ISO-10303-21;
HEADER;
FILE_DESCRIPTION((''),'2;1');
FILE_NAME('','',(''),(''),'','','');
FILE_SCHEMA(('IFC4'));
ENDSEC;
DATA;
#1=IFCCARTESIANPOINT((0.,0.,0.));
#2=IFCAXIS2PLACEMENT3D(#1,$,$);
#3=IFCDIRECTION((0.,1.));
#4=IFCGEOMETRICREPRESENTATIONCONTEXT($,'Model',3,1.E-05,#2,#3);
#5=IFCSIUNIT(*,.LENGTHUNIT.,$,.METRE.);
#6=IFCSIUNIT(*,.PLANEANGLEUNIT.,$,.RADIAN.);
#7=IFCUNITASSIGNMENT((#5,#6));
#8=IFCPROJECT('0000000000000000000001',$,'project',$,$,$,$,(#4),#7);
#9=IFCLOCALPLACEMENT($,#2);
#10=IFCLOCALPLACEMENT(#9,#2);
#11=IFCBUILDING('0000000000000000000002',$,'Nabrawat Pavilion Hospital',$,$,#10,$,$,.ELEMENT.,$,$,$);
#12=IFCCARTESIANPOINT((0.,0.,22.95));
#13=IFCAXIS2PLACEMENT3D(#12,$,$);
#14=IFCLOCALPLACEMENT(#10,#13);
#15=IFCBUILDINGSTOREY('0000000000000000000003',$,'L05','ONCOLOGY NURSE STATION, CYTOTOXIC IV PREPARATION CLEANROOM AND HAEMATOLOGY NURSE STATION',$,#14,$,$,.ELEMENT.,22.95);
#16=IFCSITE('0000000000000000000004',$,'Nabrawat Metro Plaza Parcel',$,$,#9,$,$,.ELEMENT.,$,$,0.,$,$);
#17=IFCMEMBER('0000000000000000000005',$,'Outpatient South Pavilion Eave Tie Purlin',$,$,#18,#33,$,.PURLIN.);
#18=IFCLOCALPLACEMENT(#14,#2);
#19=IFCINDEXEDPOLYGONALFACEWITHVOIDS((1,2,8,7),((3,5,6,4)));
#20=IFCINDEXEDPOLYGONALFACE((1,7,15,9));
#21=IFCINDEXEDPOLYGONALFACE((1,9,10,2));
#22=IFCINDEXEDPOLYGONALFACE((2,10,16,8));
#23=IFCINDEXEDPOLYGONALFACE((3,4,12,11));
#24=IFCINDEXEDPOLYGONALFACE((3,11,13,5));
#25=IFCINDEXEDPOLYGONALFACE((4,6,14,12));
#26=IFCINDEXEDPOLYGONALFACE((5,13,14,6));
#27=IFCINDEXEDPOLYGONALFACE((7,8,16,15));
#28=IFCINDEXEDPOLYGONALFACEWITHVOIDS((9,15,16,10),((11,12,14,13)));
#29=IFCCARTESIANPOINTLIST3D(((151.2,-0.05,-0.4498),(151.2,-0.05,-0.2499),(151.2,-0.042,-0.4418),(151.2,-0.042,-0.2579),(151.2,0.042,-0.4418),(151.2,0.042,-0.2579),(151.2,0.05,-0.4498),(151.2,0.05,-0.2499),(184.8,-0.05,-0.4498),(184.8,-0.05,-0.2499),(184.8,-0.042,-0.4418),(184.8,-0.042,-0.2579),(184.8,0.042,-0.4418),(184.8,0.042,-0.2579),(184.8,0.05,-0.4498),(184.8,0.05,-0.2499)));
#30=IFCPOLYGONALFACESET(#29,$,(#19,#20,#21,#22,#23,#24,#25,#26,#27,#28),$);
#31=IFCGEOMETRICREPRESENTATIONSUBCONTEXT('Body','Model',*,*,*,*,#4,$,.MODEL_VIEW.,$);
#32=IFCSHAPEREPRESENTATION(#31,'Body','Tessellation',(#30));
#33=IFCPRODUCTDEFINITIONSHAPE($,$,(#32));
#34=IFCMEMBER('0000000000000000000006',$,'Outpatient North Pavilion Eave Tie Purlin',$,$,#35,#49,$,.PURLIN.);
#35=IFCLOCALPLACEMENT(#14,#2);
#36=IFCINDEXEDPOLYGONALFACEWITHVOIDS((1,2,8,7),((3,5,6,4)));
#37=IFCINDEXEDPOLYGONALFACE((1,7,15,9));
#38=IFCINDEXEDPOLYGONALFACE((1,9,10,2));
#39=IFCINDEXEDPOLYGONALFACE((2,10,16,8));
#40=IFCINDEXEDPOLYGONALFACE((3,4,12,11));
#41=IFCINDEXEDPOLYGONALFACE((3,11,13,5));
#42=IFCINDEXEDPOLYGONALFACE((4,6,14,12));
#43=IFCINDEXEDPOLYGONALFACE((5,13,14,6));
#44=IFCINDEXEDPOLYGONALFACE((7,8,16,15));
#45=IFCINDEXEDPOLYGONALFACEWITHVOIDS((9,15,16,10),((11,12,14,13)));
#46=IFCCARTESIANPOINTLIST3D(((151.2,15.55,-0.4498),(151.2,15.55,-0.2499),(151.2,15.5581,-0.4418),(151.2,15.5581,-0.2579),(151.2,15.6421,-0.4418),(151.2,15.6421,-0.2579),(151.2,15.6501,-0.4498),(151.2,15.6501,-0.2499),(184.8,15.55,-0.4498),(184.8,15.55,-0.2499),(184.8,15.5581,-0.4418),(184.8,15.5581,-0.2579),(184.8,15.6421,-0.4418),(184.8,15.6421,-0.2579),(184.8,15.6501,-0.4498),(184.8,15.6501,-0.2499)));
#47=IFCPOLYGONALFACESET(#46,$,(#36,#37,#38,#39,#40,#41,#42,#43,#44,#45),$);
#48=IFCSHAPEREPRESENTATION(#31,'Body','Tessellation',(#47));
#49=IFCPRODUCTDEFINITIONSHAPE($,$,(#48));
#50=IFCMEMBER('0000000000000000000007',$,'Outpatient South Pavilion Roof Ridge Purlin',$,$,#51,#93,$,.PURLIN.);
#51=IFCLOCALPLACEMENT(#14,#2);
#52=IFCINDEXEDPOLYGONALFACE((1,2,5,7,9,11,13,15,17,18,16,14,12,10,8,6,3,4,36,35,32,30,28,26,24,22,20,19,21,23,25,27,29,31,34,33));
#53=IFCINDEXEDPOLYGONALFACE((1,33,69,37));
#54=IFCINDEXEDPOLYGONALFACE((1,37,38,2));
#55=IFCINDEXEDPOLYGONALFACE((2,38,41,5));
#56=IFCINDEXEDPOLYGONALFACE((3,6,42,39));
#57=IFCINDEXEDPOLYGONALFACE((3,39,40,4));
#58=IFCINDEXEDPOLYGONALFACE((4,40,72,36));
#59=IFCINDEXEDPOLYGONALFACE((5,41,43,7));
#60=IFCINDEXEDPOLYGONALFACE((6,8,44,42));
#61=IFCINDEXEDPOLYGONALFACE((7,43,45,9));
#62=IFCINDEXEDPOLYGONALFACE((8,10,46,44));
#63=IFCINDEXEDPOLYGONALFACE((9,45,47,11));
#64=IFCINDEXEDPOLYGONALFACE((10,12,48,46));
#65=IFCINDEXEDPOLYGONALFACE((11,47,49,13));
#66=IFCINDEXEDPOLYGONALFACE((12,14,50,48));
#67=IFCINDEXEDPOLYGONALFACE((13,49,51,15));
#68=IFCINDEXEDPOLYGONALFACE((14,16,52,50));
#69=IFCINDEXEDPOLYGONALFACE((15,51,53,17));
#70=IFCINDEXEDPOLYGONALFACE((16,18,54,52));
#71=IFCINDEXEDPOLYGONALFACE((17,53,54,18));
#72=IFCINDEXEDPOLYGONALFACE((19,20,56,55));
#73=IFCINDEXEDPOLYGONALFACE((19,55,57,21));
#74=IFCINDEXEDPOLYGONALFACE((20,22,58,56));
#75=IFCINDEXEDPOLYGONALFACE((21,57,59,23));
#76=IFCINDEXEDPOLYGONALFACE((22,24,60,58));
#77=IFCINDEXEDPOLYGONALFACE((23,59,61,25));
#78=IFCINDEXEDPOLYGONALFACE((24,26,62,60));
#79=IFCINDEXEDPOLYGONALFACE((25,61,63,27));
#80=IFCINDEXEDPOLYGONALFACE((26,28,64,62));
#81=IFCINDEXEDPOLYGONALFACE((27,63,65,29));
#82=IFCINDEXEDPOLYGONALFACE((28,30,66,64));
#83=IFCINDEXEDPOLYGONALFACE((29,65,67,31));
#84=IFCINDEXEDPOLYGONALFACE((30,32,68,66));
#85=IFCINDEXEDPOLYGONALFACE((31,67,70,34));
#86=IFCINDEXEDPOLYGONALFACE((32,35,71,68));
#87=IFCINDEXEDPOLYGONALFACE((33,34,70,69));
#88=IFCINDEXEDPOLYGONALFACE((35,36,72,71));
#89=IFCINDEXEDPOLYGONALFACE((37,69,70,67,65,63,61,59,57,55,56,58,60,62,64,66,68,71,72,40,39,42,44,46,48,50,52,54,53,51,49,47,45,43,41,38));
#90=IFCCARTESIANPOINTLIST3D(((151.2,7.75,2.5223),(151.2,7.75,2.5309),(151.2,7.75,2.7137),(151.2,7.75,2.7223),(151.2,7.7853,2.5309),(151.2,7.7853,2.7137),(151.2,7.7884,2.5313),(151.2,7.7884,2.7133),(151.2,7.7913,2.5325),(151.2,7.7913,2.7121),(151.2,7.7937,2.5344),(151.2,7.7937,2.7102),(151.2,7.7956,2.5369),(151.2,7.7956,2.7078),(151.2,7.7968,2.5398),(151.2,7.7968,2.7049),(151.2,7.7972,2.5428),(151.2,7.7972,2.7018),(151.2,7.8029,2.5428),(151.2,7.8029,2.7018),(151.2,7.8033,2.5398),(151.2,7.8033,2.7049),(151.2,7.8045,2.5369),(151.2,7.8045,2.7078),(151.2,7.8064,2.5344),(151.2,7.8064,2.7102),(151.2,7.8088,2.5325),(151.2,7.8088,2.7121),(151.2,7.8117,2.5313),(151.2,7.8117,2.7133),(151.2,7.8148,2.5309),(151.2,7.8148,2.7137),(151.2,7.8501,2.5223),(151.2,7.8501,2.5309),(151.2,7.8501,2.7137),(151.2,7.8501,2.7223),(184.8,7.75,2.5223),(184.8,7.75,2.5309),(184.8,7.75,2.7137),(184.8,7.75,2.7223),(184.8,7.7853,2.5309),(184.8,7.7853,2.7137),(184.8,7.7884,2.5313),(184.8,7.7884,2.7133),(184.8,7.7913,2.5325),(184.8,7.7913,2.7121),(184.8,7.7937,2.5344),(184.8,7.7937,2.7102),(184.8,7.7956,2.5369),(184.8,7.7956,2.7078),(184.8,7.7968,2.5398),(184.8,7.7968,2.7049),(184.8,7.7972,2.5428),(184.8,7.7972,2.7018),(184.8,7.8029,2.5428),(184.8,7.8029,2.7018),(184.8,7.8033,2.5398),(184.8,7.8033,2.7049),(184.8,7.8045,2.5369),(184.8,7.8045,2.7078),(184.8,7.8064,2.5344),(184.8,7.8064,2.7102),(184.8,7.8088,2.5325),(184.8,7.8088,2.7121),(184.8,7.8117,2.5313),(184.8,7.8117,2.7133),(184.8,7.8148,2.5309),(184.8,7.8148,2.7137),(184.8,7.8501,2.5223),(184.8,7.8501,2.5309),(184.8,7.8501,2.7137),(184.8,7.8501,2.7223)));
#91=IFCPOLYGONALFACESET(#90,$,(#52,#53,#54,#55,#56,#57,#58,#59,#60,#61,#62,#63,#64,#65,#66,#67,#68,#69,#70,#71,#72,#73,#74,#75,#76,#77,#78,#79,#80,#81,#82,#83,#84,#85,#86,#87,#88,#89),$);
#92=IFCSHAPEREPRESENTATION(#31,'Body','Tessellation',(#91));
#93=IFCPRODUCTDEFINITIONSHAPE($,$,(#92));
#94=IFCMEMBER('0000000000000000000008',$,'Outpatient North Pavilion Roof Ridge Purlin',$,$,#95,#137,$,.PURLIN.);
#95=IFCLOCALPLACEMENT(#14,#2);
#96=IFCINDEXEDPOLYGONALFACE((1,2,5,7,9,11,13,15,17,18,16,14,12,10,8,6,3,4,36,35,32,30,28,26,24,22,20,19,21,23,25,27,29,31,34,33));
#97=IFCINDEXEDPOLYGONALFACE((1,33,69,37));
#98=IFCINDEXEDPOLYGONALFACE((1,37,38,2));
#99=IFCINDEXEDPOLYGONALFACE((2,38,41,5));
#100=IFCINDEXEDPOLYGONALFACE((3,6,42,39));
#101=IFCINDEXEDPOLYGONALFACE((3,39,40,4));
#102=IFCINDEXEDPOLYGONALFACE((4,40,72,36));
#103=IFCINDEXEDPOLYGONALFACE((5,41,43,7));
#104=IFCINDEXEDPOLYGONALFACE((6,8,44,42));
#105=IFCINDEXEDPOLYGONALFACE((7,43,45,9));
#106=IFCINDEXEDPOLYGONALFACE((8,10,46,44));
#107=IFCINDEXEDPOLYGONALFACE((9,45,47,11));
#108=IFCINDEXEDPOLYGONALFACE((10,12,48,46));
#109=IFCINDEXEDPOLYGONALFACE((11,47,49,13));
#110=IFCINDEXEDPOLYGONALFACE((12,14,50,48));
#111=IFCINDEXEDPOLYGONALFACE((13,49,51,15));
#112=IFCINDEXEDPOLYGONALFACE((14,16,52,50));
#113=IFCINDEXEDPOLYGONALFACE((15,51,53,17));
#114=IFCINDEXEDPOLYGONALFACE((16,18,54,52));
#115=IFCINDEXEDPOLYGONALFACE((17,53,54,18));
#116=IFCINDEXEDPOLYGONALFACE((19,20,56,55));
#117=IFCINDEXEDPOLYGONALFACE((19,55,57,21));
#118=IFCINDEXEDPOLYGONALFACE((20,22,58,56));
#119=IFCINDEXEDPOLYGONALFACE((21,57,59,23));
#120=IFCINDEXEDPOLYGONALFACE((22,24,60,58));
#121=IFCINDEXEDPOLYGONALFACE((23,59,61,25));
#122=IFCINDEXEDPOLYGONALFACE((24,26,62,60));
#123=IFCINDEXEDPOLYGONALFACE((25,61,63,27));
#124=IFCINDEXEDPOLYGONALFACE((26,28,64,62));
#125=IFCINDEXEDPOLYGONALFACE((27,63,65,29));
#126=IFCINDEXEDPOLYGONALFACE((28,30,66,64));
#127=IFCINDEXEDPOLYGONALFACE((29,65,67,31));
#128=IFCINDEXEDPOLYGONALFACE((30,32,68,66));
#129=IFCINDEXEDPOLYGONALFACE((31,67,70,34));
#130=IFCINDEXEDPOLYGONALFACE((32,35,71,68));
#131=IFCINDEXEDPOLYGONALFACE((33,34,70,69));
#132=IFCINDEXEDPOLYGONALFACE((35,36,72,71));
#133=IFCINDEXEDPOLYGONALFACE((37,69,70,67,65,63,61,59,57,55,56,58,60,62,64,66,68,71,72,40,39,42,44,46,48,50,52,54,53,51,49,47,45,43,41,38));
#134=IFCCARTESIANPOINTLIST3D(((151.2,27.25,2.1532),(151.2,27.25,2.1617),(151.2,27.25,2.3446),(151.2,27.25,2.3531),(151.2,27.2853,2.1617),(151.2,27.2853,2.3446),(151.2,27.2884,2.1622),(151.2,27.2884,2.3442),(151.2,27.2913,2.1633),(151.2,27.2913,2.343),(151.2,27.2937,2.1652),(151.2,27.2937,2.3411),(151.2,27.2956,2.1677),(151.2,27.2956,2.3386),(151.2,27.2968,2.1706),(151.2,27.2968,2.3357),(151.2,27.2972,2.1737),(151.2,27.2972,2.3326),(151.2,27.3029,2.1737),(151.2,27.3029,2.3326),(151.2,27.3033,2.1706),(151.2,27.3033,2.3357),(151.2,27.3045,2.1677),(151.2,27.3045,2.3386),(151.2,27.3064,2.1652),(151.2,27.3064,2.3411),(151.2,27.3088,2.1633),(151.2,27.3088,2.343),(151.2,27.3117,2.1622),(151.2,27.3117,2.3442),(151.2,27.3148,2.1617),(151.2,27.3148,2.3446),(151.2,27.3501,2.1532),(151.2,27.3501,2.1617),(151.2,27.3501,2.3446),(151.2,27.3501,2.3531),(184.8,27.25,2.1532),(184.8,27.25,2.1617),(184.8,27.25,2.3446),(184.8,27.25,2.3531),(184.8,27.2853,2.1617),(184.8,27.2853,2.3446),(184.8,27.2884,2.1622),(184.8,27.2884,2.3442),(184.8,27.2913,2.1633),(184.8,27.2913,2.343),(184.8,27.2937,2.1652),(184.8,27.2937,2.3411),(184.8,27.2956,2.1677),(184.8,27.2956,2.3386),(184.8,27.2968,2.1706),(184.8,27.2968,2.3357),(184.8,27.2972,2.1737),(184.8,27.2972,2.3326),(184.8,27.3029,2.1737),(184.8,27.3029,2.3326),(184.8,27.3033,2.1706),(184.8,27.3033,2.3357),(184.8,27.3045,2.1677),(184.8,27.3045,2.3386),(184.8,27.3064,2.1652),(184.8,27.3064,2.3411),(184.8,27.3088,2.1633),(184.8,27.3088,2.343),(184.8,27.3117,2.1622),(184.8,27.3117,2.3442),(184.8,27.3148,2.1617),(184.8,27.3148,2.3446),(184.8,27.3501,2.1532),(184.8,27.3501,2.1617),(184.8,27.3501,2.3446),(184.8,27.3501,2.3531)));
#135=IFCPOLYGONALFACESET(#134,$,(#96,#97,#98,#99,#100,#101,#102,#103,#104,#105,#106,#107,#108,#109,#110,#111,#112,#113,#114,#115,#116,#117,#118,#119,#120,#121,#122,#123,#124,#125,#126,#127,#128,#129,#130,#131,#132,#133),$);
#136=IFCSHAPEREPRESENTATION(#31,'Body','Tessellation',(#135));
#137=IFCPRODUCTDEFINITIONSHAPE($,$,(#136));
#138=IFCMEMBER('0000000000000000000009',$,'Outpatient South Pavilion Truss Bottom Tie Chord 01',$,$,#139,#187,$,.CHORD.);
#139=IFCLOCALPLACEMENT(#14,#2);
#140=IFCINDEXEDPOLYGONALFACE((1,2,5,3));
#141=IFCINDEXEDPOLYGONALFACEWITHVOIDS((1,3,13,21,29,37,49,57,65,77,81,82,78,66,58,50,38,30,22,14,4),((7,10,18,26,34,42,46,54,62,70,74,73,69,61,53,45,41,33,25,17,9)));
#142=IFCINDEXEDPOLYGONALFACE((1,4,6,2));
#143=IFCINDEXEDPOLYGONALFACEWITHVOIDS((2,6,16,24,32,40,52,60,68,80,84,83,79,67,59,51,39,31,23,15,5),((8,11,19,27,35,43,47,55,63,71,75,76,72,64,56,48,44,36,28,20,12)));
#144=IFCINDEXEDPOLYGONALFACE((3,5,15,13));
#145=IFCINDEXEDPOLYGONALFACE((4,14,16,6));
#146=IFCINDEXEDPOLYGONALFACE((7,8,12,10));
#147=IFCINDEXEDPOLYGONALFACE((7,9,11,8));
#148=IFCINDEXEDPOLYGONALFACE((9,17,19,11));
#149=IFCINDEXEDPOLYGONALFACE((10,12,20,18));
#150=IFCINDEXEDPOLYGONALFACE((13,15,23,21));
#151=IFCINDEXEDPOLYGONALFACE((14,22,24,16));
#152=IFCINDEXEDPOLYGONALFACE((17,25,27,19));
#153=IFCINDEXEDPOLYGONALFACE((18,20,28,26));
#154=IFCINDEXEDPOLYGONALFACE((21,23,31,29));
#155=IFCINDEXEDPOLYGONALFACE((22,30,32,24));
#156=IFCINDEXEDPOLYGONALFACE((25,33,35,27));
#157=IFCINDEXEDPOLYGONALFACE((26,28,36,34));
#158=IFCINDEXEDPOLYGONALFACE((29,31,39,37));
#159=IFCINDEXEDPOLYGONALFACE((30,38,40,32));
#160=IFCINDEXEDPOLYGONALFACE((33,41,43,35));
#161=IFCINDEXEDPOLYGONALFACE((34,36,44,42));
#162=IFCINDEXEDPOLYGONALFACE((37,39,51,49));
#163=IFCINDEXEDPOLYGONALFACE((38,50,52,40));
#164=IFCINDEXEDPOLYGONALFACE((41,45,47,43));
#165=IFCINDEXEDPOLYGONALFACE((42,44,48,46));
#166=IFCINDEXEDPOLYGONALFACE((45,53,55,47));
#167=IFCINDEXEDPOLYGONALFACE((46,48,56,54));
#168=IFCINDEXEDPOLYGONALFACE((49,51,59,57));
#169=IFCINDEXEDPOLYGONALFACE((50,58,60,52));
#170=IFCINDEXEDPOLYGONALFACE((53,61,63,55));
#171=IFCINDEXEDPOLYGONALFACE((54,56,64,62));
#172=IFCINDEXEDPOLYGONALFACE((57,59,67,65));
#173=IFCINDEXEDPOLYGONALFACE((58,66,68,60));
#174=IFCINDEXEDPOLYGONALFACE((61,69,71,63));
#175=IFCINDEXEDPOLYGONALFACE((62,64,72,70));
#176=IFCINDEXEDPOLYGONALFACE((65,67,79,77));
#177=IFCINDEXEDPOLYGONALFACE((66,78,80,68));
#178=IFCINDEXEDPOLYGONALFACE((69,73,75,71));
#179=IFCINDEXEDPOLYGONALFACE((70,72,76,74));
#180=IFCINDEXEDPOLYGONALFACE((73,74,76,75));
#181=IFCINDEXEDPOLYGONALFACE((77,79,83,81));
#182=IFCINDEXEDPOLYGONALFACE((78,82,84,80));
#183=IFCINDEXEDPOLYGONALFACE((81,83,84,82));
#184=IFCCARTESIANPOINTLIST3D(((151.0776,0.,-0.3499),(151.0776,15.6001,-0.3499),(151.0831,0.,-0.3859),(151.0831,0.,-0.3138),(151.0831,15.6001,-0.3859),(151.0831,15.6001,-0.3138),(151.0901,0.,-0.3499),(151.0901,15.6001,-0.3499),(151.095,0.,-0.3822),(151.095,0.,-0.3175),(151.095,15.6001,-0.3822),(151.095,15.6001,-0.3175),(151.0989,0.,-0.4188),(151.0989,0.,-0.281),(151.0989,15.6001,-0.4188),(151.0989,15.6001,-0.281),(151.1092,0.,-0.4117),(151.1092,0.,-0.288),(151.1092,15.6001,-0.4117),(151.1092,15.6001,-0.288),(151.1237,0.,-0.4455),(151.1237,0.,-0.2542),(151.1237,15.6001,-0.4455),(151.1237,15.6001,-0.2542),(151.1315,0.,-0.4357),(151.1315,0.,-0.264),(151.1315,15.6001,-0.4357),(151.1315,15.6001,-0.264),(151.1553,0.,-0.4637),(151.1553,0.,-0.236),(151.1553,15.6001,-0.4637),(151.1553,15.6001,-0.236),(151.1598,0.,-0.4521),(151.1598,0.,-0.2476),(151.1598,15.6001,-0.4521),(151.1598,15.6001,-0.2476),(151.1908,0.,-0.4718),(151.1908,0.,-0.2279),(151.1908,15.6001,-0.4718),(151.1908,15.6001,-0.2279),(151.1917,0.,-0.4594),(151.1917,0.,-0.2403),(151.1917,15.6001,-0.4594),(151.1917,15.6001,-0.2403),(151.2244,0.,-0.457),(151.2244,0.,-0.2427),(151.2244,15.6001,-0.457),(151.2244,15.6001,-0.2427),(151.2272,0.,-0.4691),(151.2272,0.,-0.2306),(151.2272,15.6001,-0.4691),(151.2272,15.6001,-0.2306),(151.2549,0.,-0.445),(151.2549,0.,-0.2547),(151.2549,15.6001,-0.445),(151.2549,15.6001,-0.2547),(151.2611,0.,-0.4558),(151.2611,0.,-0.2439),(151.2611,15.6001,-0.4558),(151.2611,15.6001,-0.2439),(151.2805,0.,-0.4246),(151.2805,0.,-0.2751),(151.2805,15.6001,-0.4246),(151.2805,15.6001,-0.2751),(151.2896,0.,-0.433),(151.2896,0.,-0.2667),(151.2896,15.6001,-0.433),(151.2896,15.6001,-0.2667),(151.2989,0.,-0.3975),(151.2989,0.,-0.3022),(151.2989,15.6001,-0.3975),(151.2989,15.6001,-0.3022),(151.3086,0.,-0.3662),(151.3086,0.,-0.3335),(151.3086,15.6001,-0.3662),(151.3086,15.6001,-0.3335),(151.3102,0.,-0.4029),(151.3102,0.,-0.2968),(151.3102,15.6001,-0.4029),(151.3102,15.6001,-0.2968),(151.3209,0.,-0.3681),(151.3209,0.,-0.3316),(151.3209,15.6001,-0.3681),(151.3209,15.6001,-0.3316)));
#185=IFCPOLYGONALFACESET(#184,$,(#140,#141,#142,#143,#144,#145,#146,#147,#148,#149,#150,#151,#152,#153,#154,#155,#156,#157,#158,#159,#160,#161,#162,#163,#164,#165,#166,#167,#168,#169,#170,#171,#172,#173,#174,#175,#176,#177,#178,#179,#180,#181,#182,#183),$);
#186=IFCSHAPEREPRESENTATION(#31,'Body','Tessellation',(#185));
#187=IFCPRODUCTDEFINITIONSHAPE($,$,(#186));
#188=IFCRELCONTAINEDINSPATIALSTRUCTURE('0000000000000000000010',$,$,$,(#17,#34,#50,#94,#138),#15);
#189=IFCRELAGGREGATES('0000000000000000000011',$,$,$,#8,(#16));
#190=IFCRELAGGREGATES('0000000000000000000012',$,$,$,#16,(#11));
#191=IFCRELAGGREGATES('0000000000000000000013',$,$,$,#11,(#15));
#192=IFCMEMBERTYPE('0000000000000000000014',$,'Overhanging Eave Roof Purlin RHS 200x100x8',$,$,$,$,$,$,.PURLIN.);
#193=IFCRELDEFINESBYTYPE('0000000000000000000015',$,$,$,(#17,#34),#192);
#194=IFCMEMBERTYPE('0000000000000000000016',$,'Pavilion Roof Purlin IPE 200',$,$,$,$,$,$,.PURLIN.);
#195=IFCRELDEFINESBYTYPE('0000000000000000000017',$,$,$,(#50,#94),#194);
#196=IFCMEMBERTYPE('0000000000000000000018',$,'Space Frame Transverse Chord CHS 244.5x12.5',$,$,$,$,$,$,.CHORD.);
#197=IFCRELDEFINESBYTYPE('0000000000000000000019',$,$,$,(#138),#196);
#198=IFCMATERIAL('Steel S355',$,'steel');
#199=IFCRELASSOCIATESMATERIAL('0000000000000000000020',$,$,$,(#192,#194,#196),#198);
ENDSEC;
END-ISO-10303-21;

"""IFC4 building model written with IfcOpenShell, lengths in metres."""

from ifc_helpers import new_model, si_unit, direction, frame, origin, origin_2d, place, context, subcontext, project, spatial, hollow_rectangle, hollow_circle, i_section, extrude, material, material_profile, profile_set, type_object, element, save


model = new_model("IFC4")

# Units and contexts
model_context = context("Model", 3, precision=1e-05, world=origin(), true_north=direction((0.0, 1.0)))
body_context = subcontext(model_context, "Body", "Model", "MODEL_VIEW")
ifc_project = project(units=[si_unit("LENGTHUNIT", "METRE"), si_unit("PLANEANGLEUNIT", "RADIAN")], contexts=[model_context])

# Site, building, storey
site_placement = place(None, origin())
site = spatial("IfcSite", under=ifc_project, at=site_placement, Name="Nabrawat Metro Plaza Parcel", CompositionType="ELEMENT", RefElevation=0.0)
building_placement = place(site_placement, origin())
building = spatial("IfcBuilding", under=site, at=building_placement, Name="Nabrawat Pavilion Hospital", CompositionType="ELEMENT")
storey_placement = place(building_placement, frame((0.0, 0.0, 22.95)))
storey = spatial("IfcBuildingStorey", under=building, at=storey_placement, Name="L05", Description="ONCOLOGY NURSE STATION, CYTOTOXIC IV PREPARATION CLEANROOM AND HAEMATOLOGY NURSE STATION", CompositionType="ELEMENT", Elevation=22.95)

# Members
ifc_material_1 = material(Name="Steel S355", Category="steel")
ifc_material_profile_1 = material_profile(ifc_material_1, hollow_rectangle(XDim=0.1001, YDim=0.2, WallThickness=0.0081, at=origin_2d()), Name="RHS 200x100x8")
ifc_profile_set_1 = profile_set([ifc_material_profile_1], Name="Steel S355")
member_type_1 = type_object("IfcMemberType", Name="Overhanging Eave Roof Purlin RHS 200x100x8", PredefinedType="PURLIN", material=ifc_profile_set_1)
for number, where, z_axis, x_axis, name in (
    (1, (151.2, 0.0, -0.3499), (1.0, 0.0, 0.0), (0.0, 1.0, 0.0), "Outpatient South Pavilion Eave Tie Purlin"),
    (2, (151.2, 15.6001, -0.3499), (1.0, 0.0, 0.0), (0.0, 1.0, 0.0), "Outpatient North Pavilion Eave Tie Purlin"),
):
    element("IfcMember", number, at=place(storey_placement, frame(where, z_axis=z_axis, x_axis=x_axis)), inside=storey, type_object=member_type_1, Name=name, PredefinedType="PURLIN", context=body_context, shape_type="SweptSolid", body=[
        extrude(hollow_rectangle(XDim=0.1001, YDim=0.2, WallThickness=0.0081, at=origin_2d()), origin(), (0.0, 0.0, 1.0), 33.6001),
    ])
ifc_material_profile_2 = material_profile(ifc_material_1, i_section(OverallWidth=0.1001, OverallDepth=0.2, WebThickness=0.0056, FlangeThickness=0.0085, FilletRadius=0.012, at=origin_2d()), Name="IPE 200")
ifc_profile_set_2 = profile_set([ifc_material_profile_2], Name="Steel S355")
member_type_2 = type_object("IfcMemberType", Name="Pavilion Roof Purlin IPE 200", PredefinedType="PURLIN", material=ifc_profile_set_2)
for number, where, z_axis, x_axis, name in (
    (3, (151.2, 7.8, 2.6223), (1.0, 0.0, 0.0), (0.0, 1.0, 0.0), "Outpatient South Pavilion Roof Ridge Purlin"),
    (4, (151.2, 27.3, 2.2532), (1.0, 0.0, 0.0), (0.0, 1.0, 0.0), "Outpatient North Pavilion Roof Ridge Purlin"),
):
    element("IfcMember", number, at=place(storey_placement, frame(where, z_axis=z_axis, x_axis=x_axis)), inside=storey, type_object=member_type_2, Name=name, PredefinedType="PURLIN", context=body_context, shape_type="SweptSolid", body=[
        extrude(i_section(OverallWidth=0.1001, OverallDepth=0.2, WebThickness=0.0056, FlangeThickness=0.0085, FilletRadius=0.012, at=origin_2d()), origin(), (0.0, 0.0, 1.0), 33.6001),
    ])
ifc_material_profile_3 = material_profile(ifc_material_1, hollow_circle(Radius=0.1223, WallThickness=0.0125, at=origin_2d()), Name="CHS 244.5x12.5")
ifc_profile_set_3 = profile_set([ifc_material_profile_3], Name="Steel S355")
member_type_3 = type_object("IfcMemberType", Name="Space Frame Transverse Chord CHS 244.5x12.5", PredefinedType="CHORD", material=ifc_profile_set_3)
member_1_placement = place(storey_placement, frame((151.2, 0.0, -0.3499), z_axis=(0.0, 1.0, 0.0), x_axis=(-1.0, 0.0, 0.0)))
element("IfcMember", 5, at=member_1_placement, inside=storey, type_object=member_type_3, Name="Outpatient South Pavilion Truss Bottom Tie Chord 01", PredefinedType="CHORD", context=body_context, shape_type="SweptSolid", body=[
    extrude(hollow_circle(Radius=0.1223, WallThickness=0.0125, at=origin_2d()), origin(), (0.0, 0.0, 1.0), 15.6001),
])

save(model, "model.ifc")
